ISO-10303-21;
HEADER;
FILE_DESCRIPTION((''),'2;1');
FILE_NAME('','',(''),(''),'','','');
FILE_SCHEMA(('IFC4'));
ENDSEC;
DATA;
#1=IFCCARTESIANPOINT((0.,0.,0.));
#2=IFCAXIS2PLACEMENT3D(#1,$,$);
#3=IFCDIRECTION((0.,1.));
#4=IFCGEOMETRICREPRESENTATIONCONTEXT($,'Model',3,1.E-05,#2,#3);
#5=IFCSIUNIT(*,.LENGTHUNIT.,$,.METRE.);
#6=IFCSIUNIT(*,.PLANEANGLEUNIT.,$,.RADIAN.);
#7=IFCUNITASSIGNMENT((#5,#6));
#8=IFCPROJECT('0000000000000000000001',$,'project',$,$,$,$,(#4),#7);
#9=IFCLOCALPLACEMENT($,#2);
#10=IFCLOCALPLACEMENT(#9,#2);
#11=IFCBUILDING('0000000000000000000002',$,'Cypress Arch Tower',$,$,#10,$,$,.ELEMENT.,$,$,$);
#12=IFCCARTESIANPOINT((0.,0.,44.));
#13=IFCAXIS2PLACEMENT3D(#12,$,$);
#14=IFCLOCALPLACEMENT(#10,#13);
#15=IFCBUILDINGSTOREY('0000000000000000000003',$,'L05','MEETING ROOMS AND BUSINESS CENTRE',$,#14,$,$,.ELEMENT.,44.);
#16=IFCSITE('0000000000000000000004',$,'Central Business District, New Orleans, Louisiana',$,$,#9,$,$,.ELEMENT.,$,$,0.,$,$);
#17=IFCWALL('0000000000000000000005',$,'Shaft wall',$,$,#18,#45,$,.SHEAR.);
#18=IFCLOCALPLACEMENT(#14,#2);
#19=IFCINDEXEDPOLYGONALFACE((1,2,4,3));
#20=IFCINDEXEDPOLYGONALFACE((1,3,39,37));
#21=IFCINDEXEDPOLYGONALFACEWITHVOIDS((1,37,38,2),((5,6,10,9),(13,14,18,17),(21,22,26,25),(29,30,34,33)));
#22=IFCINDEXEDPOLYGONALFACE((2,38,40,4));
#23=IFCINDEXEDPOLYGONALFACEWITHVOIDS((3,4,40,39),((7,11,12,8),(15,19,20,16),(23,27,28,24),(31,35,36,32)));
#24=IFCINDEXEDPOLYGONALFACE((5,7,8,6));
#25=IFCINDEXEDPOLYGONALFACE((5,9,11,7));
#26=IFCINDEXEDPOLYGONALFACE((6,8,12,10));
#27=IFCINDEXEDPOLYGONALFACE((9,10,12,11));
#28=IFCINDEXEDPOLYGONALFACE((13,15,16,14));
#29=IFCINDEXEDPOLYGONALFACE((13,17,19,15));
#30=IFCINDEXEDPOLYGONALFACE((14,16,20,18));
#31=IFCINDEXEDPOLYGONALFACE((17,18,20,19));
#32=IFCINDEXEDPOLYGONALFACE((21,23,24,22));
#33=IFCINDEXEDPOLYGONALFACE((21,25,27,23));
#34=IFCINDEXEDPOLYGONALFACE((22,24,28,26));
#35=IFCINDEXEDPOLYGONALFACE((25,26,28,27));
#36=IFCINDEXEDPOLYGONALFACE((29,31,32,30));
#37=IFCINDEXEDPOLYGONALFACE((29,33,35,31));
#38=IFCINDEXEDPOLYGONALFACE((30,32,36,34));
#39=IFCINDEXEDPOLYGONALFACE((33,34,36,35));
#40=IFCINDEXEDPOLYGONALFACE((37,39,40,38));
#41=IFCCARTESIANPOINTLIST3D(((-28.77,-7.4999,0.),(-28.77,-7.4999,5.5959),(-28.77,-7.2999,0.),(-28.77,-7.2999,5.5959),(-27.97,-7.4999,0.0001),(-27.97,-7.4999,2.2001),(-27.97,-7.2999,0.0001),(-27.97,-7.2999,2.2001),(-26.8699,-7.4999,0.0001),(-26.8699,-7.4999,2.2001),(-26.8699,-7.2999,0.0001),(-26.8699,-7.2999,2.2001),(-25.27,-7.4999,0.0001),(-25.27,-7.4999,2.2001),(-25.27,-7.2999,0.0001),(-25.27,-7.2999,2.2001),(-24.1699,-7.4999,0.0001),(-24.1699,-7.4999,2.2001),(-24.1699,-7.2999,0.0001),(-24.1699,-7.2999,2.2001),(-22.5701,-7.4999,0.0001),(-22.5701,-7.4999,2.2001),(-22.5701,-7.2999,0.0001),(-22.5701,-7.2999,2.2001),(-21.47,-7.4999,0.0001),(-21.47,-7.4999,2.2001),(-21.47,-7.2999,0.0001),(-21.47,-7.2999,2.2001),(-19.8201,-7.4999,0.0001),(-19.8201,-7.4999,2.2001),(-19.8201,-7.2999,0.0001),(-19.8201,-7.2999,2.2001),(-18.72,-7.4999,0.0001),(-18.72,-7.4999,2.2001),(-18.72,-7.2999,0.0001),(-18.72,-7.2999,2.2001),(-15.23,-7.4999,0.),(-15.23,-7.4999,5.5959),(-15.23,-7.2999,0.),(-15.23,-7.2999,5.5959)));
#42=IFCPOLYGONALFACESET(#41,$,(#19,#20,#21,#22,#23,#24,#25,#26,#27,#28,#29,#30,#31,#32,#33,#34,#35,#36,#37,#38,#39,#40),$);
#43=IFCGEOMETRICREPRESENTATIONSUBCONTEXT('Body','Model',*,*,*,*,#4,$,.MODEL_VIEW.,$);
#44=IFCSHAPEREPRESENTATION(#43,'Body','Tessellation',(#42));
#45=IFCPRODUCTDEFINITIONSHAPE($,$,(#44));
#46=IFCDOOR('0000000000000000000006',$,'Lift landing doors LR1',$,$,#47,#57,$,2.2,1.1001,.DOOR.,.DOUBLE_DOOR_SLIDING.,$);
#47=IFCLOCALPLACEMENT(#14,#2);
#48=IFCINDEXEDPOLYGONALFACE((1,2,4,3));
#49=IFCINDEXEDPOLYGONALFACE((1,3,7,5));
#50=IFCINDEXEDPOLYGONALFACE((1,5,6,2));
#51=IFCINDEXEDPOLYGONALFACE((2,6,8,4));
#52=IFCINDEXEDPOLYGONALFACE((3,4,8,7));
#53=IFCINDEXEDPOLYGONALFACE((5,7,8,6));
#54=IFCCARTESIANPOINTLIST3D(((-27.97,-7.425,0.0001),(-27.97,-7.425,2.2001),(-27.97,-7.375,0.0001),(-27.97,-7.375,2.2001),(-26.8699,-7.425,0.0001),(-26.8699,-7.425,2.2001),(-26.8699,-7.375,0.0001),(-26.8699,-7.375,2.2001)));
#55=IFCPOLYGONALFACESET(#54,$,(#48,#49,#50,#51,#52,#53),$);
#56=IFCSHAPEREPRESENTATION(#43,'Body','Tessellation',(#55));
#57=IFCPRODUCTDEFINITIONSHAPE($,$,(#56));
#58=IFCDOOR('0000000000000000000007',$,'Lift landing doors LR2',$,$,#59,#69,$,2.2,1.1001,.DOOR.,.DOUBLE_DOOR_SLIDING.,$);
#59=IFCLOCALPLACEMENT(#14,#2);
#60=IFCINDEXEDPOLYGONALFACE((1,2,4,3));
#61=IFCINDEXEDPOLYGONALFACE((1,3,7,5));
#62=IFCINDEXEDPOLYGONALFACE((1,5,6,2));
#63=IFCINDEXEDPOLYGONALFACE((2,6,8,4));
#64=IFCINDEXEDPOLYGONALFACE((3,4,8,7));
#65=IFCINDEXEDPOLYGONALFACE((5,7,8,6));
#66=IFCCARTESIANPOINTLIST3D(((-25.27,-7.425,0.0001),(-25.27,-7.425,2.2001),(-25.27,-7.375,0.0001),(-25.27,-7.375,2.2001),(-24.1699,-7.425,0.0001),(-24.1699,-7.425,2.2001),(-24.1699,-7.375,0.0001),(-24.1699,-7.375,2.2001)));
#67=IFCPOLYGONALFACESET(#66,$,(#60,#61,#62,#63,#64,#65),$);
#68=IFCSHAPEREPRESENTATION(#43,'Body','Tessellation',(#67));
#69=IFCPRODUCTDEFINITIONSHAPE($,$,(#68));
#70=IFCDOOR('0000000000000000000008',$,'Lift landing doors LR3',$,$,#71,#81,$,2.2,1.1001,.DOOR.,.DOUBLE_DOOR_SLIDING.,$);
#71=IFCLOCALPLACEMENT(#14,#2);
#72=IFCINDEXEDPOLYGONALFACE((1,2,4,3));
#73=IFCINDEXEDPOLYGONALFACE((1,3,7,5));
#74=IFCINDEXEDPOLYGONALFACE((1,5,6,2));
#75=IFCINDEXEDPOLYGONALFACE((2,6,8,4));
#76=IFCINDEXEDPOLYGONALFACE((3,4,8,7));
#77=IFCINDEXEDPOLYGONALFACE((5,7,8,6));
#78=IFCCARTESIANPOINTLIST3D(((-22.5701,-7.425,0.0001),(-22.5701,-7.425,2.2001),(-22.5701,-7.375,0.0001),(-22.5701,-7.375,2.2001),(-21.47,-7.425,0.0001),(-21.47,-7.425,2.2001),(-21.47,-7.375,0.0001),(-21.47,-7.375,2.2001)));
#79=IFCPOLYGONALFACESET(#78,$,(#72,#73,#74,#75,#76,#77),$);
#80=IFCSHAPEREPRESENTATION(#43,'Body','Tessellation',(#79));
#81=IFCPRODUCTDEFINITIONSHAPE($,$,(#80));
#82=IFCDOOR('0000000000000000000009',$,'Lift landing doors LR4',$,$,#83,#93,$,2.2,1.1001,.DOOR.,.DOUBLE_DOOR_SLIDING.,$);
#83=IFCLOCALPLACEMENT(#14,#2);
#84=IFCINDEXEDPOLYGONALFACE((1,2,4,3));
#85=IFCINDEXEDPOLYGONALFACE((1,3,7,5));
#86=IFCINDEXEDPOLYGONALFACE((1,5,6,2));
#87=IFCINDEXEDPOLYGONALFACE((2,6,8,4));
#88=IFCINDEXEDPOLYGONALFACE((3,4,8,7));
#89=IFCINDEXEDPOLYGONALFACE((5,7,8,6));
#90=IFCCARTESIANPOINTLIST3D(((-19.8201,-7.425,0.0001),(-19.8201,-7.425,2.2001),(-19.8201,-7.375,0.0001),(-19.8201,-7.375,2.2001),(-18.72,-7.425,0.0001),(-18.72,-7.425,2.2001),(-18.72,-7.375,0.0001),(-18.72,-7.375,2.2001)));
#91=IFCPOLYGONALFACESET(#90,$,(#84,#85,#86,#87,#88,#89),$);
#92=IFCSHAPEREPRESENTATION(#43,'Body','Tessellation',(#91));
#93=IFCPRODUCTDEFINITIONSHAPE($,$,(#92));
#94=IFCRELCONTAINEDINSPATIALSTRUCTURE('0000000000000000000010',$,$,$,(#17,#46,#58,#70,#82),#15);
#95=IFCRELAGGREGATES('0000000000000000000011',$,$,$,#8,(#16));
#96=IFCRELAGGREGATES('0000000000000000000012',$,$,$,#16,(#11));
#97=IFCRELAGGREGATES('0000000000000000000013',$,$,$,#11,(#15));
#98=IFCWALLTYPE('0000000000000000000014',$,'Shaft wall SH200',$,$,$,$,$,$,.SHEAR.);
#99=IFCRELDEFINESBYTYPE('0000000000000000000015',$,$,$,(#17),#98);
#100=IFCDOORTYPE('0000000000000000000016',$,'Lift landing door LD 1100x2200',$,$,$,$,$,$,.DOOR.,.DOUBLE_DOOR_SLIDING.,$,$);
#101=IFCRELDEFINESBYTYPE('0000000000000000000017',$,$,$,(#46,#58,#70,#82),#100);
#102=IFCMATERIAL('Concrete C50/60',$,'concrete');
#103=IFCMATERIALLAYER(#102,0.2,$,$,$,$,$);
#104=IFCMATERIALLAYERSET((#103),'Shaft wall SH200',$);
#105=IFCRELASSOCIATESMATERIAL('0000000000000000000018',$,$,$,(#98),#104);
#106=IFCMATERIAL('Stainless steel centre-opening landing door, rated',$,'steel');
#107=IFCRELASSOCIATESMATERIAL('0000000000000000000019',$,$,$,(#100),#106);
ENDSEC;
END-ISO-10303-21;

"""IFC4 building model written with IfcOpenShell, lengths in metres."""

from ifc_helpers import new_model, si_unit, direction, frame, frame_2d, origin, place, context, subcontext, project, spatial, rectangle, extrude, material, layer, layer_set, type_object, element, fill, save


model = new_model("IFC4")

# Units and contexts
model_context = context("Model", 3, precision=1e-05, world=origin(), true_north=direction((0.0, 1.0)))
body_context = subcontext(model_context, "Body", "Model", "MODEL_VIEW")
ifc_project = project(units=[si_unit("LENGTHUNIT", "METRE"), si_unit("PLANEANGLEUNIT", "RADIAN")], contexts=[model_context])

# Site, building, storey
site_placement = place(None, origin())
site = spatial("IfcSite", under=ifc_project, at=site_placement, Name="Central Business District, New Orleans, Louisiana", CompositionType="ELEMENT", RefElevation=0.0)
building_placement = place(site_placement, origin())
building = spatial("IfcBuilding", under=site, at=building_placement, Name="Cypress Arch Tower", CompositionType="ELEMENT")
storey_placement = place(building_placement, frame((0.0, 0.0, 44.0)))
storey = spatial("IfcBuildingStorey", under=building, at=storey_placement, Name="L05", Description="MEETING ROOMS AND BUSINESS CENTRE", CompositionType="ELEMENT", Elevation=44.0)

# Wall, openings, doors
ifc_material_1 = material(Name="Concrete C50/60", Category="concrete")
ifc_layer_1 = layer(ifc_material_1, 0.2)
ifc_layer_set_1 = layer_set([ifc_layer_1], Name="Shaft wall SH200")
wall_type_1 = type_object("IfcWallType", Name="Shaft wall SH200", PredefinedType="SHEAR", material=ifc_layer_set_1)
wall_1_placement = place(storey_placement, frame((-28.77, -7.3999, 0.0), z_axis=(0.0, 0.0, 1.0), x_axis=(1.0, 0.0, 0.0)))
wall_1 = element("IfcWall", 1, at=wall_1_placement, inside=storey, type_object=wall_type_1, Name="Shaft wall", PredefinedType="SHEAR", context=body_context, shape_type="SweptSolid", body=[
    extrude(rectangle(XDim=13.54, YDim=0.2, at=frame_2d((6.77, 0.0))), origin(), (0.0, 0.0, 1.0), 5.5959),
])
opening_1_placement = place(wall_1_placement, frame((0.8, 0.0, 0.0)))
opening_1 = element("IfcOpeningElement", 2, at=opening_1_placement, cuts=wall_1, PredefinedType="OPENING", context=body_context, shape_type="SweptSolid", body=[
    extrude(rectangle(XDim=1.1001, YDim=2.2, at=frame_2d((0.55, 1.1001))), frame((0.0, 0.1099, 0.0), z_axis=(0.0, -1.0, 0.0), x_axis=(1.0, 0.0, 0.0)), (0.0, 0.0, 1.0), 0.22),
])
opening_2_placement = place(wall_1_placement, frame((3.5, 0.0, 0.0)))
opening_2 = element("IfcOpeningElement", 3, at=opening_2_placement, cuts=wall_1, PredefinedType="OPENING", context=body_context, shape_type="SweptSolid", body=[
    extrude(rectangle(XDim=1.1001, YDim=2.2, at=frame_2d((0.55, 1.1001))), frame((0.0, 0.1099, 0.0), z_axis=(0.0, -1.0, 0.0), x_axis=(1.0, 0.0, 0.0)), (0.0, 0.0, 1.0), 0.22),
])
opening_3_placement = place(wall_1_placement, frame((6.2, 0.0, 0.0)))
opening_3 = element("IfcOpeningElement", 4, at=opening_3_placement, cuts=wall_1, PredefinedType="OPENING", context=body_context, shape_type="SweptSolid", body=[
    extrude(rectangle(XDim=1.1001, YDim=2.2, at=frame_2d((0.55, 1.1001))), frame((0.0, 0.1099, 0.0), z_axis=(0.0, -1.0, 0.0), x_axis=(1.0, 0.0, 0.0)), (0.0, 0.0, 1.0), 0.22),
])
opening_4_placement = place(wall_1_placement, frame((8.95, 0.0, 0.0)))
opening_4 = element("IfcOpeningElement", 5, at=opening_4_placement, cuts=wall_1, PredefinedType="OPENING", context=body_context, shape_type="SweptSolid", body=[
    extrude(rectangle(XDim=1.1001, YDim=2.2, at=frame_2d((0.55, 1.1001))), frame((0.0, 0.1099, 0.0), z_axis=(0.0, -1.0, 0.0), x_axis=(1.0, 0.0, 0.0)), (0.0, 0.0, 1.0), 0.22),
])
ifc_material_2 = material(Name="Stainless steel centre-opening landing door, rated", Category="steel")
door_type = type_object("IfcDoorType", Name="Lift landing door LD 1100x2200", OperationType="DOUBLE_DOOR_SLIDING", PredefinedType="DOOR", material=ifc_material_2)
door_1_placement = place(opening_1_placement, origin())
door_1 = element("IfcDoor", 6, at=door_1_placement, inside=storey, type_object=door_type, Name="Lift landing doors LR1", OperationType="DOUBLE_DOOR_SLIDING", OverallHeight=2.2, OverallWidth=1.1001, PredefinedType="DOOR", context=body_context, shape_type="SweptSolid", body=[
    extrude(rectangle(XDim=1.1001, YDim=2.2, at=frame_2d((0.55, 1.1001))), frame((0.0, 0.0249, 0.0), z_axis=(0.0, -1.0, 0.0), x_axis=(1.0, 0.0, 0.0)), (0.0, 0.0, 1.0), 0.05),
])
fill(opening_1, door_1)
door_2_placement = place(opening_2_placement, origin())
door_2 = element("IfcDoor", 7, at=door_2_placement, inside=storey, type_object=door_type, Name="Lift landing doors LR2", OperationType="DOUBLE_DOOR_SLIDING", OverallHeight=2.2, OverallWidth=1.1001, PredefinedType="DOOR", context=body_context, shape_type="SweptSolid", body=[
    extrude(rectangle(XDim=1.1001, YDim=2.2, at=frame_2d((0.55, 1.1001))), frame((0.0, 0.0249, 0.0), z_axis=(0.0, -1.0, 0.0), x_axis=(1.0, 0.0, 0.0)), (0.0, 0.0, 1.0), 0.05),
])
fill(opening_2, door_2)
door_3_placement = place(opening_3_placement, origin())
door_3 = element("IfcDoor", 8, at=door_3_placement, inside=storey, type_object=door_type, Name="Lift landing doors LR3", OperationType="DOUBLE_DOOR_SLIDING", OverallHeight=2.2, OverallWidth=1.1001, PredefinedType="DOOR", context=body_context, shape_type="SweptSolid", body=[
    extrude(rectangle(XDim=1.1001, YDim=2.2, at=frame_2d((0.55, 1.1001))), frame((0.0, 0.0249, 0.0), z_axis=(0.0, -1.0, 0.0), x_axis=(1.0, 0.0, 0.0)), (0.0, 0.0, 1.0), 0.05),
])
fill(opening_3, door_3)
door_4_placement = place(opening_4_placement, origin())
door_4 = element("IfcDoor", 9, at=door_4_placement, inside=storey, type_object=door_type, Name="Lift landing doors LR4", OperationType="DOUBLE_DOOR_SLIDING", OverallHeight=2.2, OverallWidth=1.1001, PredefinedType="DOOR", context=body_context, shape_type="SweptSolid", body=[
    extrude(rectangle(XDim=1.1001, YDim=2.2, at=frame_2d((0.55, 1.1001))), frame((0.0, 0.0249, 0.0), z_axis=(0.0, -1.0, 0.0), x_axis=(1.0, 0.0, 0.0)), (0.0, 0.0, 1.0), 0.05),
])
fill(opening_4, door_4)

save(model, "model.ifc")
